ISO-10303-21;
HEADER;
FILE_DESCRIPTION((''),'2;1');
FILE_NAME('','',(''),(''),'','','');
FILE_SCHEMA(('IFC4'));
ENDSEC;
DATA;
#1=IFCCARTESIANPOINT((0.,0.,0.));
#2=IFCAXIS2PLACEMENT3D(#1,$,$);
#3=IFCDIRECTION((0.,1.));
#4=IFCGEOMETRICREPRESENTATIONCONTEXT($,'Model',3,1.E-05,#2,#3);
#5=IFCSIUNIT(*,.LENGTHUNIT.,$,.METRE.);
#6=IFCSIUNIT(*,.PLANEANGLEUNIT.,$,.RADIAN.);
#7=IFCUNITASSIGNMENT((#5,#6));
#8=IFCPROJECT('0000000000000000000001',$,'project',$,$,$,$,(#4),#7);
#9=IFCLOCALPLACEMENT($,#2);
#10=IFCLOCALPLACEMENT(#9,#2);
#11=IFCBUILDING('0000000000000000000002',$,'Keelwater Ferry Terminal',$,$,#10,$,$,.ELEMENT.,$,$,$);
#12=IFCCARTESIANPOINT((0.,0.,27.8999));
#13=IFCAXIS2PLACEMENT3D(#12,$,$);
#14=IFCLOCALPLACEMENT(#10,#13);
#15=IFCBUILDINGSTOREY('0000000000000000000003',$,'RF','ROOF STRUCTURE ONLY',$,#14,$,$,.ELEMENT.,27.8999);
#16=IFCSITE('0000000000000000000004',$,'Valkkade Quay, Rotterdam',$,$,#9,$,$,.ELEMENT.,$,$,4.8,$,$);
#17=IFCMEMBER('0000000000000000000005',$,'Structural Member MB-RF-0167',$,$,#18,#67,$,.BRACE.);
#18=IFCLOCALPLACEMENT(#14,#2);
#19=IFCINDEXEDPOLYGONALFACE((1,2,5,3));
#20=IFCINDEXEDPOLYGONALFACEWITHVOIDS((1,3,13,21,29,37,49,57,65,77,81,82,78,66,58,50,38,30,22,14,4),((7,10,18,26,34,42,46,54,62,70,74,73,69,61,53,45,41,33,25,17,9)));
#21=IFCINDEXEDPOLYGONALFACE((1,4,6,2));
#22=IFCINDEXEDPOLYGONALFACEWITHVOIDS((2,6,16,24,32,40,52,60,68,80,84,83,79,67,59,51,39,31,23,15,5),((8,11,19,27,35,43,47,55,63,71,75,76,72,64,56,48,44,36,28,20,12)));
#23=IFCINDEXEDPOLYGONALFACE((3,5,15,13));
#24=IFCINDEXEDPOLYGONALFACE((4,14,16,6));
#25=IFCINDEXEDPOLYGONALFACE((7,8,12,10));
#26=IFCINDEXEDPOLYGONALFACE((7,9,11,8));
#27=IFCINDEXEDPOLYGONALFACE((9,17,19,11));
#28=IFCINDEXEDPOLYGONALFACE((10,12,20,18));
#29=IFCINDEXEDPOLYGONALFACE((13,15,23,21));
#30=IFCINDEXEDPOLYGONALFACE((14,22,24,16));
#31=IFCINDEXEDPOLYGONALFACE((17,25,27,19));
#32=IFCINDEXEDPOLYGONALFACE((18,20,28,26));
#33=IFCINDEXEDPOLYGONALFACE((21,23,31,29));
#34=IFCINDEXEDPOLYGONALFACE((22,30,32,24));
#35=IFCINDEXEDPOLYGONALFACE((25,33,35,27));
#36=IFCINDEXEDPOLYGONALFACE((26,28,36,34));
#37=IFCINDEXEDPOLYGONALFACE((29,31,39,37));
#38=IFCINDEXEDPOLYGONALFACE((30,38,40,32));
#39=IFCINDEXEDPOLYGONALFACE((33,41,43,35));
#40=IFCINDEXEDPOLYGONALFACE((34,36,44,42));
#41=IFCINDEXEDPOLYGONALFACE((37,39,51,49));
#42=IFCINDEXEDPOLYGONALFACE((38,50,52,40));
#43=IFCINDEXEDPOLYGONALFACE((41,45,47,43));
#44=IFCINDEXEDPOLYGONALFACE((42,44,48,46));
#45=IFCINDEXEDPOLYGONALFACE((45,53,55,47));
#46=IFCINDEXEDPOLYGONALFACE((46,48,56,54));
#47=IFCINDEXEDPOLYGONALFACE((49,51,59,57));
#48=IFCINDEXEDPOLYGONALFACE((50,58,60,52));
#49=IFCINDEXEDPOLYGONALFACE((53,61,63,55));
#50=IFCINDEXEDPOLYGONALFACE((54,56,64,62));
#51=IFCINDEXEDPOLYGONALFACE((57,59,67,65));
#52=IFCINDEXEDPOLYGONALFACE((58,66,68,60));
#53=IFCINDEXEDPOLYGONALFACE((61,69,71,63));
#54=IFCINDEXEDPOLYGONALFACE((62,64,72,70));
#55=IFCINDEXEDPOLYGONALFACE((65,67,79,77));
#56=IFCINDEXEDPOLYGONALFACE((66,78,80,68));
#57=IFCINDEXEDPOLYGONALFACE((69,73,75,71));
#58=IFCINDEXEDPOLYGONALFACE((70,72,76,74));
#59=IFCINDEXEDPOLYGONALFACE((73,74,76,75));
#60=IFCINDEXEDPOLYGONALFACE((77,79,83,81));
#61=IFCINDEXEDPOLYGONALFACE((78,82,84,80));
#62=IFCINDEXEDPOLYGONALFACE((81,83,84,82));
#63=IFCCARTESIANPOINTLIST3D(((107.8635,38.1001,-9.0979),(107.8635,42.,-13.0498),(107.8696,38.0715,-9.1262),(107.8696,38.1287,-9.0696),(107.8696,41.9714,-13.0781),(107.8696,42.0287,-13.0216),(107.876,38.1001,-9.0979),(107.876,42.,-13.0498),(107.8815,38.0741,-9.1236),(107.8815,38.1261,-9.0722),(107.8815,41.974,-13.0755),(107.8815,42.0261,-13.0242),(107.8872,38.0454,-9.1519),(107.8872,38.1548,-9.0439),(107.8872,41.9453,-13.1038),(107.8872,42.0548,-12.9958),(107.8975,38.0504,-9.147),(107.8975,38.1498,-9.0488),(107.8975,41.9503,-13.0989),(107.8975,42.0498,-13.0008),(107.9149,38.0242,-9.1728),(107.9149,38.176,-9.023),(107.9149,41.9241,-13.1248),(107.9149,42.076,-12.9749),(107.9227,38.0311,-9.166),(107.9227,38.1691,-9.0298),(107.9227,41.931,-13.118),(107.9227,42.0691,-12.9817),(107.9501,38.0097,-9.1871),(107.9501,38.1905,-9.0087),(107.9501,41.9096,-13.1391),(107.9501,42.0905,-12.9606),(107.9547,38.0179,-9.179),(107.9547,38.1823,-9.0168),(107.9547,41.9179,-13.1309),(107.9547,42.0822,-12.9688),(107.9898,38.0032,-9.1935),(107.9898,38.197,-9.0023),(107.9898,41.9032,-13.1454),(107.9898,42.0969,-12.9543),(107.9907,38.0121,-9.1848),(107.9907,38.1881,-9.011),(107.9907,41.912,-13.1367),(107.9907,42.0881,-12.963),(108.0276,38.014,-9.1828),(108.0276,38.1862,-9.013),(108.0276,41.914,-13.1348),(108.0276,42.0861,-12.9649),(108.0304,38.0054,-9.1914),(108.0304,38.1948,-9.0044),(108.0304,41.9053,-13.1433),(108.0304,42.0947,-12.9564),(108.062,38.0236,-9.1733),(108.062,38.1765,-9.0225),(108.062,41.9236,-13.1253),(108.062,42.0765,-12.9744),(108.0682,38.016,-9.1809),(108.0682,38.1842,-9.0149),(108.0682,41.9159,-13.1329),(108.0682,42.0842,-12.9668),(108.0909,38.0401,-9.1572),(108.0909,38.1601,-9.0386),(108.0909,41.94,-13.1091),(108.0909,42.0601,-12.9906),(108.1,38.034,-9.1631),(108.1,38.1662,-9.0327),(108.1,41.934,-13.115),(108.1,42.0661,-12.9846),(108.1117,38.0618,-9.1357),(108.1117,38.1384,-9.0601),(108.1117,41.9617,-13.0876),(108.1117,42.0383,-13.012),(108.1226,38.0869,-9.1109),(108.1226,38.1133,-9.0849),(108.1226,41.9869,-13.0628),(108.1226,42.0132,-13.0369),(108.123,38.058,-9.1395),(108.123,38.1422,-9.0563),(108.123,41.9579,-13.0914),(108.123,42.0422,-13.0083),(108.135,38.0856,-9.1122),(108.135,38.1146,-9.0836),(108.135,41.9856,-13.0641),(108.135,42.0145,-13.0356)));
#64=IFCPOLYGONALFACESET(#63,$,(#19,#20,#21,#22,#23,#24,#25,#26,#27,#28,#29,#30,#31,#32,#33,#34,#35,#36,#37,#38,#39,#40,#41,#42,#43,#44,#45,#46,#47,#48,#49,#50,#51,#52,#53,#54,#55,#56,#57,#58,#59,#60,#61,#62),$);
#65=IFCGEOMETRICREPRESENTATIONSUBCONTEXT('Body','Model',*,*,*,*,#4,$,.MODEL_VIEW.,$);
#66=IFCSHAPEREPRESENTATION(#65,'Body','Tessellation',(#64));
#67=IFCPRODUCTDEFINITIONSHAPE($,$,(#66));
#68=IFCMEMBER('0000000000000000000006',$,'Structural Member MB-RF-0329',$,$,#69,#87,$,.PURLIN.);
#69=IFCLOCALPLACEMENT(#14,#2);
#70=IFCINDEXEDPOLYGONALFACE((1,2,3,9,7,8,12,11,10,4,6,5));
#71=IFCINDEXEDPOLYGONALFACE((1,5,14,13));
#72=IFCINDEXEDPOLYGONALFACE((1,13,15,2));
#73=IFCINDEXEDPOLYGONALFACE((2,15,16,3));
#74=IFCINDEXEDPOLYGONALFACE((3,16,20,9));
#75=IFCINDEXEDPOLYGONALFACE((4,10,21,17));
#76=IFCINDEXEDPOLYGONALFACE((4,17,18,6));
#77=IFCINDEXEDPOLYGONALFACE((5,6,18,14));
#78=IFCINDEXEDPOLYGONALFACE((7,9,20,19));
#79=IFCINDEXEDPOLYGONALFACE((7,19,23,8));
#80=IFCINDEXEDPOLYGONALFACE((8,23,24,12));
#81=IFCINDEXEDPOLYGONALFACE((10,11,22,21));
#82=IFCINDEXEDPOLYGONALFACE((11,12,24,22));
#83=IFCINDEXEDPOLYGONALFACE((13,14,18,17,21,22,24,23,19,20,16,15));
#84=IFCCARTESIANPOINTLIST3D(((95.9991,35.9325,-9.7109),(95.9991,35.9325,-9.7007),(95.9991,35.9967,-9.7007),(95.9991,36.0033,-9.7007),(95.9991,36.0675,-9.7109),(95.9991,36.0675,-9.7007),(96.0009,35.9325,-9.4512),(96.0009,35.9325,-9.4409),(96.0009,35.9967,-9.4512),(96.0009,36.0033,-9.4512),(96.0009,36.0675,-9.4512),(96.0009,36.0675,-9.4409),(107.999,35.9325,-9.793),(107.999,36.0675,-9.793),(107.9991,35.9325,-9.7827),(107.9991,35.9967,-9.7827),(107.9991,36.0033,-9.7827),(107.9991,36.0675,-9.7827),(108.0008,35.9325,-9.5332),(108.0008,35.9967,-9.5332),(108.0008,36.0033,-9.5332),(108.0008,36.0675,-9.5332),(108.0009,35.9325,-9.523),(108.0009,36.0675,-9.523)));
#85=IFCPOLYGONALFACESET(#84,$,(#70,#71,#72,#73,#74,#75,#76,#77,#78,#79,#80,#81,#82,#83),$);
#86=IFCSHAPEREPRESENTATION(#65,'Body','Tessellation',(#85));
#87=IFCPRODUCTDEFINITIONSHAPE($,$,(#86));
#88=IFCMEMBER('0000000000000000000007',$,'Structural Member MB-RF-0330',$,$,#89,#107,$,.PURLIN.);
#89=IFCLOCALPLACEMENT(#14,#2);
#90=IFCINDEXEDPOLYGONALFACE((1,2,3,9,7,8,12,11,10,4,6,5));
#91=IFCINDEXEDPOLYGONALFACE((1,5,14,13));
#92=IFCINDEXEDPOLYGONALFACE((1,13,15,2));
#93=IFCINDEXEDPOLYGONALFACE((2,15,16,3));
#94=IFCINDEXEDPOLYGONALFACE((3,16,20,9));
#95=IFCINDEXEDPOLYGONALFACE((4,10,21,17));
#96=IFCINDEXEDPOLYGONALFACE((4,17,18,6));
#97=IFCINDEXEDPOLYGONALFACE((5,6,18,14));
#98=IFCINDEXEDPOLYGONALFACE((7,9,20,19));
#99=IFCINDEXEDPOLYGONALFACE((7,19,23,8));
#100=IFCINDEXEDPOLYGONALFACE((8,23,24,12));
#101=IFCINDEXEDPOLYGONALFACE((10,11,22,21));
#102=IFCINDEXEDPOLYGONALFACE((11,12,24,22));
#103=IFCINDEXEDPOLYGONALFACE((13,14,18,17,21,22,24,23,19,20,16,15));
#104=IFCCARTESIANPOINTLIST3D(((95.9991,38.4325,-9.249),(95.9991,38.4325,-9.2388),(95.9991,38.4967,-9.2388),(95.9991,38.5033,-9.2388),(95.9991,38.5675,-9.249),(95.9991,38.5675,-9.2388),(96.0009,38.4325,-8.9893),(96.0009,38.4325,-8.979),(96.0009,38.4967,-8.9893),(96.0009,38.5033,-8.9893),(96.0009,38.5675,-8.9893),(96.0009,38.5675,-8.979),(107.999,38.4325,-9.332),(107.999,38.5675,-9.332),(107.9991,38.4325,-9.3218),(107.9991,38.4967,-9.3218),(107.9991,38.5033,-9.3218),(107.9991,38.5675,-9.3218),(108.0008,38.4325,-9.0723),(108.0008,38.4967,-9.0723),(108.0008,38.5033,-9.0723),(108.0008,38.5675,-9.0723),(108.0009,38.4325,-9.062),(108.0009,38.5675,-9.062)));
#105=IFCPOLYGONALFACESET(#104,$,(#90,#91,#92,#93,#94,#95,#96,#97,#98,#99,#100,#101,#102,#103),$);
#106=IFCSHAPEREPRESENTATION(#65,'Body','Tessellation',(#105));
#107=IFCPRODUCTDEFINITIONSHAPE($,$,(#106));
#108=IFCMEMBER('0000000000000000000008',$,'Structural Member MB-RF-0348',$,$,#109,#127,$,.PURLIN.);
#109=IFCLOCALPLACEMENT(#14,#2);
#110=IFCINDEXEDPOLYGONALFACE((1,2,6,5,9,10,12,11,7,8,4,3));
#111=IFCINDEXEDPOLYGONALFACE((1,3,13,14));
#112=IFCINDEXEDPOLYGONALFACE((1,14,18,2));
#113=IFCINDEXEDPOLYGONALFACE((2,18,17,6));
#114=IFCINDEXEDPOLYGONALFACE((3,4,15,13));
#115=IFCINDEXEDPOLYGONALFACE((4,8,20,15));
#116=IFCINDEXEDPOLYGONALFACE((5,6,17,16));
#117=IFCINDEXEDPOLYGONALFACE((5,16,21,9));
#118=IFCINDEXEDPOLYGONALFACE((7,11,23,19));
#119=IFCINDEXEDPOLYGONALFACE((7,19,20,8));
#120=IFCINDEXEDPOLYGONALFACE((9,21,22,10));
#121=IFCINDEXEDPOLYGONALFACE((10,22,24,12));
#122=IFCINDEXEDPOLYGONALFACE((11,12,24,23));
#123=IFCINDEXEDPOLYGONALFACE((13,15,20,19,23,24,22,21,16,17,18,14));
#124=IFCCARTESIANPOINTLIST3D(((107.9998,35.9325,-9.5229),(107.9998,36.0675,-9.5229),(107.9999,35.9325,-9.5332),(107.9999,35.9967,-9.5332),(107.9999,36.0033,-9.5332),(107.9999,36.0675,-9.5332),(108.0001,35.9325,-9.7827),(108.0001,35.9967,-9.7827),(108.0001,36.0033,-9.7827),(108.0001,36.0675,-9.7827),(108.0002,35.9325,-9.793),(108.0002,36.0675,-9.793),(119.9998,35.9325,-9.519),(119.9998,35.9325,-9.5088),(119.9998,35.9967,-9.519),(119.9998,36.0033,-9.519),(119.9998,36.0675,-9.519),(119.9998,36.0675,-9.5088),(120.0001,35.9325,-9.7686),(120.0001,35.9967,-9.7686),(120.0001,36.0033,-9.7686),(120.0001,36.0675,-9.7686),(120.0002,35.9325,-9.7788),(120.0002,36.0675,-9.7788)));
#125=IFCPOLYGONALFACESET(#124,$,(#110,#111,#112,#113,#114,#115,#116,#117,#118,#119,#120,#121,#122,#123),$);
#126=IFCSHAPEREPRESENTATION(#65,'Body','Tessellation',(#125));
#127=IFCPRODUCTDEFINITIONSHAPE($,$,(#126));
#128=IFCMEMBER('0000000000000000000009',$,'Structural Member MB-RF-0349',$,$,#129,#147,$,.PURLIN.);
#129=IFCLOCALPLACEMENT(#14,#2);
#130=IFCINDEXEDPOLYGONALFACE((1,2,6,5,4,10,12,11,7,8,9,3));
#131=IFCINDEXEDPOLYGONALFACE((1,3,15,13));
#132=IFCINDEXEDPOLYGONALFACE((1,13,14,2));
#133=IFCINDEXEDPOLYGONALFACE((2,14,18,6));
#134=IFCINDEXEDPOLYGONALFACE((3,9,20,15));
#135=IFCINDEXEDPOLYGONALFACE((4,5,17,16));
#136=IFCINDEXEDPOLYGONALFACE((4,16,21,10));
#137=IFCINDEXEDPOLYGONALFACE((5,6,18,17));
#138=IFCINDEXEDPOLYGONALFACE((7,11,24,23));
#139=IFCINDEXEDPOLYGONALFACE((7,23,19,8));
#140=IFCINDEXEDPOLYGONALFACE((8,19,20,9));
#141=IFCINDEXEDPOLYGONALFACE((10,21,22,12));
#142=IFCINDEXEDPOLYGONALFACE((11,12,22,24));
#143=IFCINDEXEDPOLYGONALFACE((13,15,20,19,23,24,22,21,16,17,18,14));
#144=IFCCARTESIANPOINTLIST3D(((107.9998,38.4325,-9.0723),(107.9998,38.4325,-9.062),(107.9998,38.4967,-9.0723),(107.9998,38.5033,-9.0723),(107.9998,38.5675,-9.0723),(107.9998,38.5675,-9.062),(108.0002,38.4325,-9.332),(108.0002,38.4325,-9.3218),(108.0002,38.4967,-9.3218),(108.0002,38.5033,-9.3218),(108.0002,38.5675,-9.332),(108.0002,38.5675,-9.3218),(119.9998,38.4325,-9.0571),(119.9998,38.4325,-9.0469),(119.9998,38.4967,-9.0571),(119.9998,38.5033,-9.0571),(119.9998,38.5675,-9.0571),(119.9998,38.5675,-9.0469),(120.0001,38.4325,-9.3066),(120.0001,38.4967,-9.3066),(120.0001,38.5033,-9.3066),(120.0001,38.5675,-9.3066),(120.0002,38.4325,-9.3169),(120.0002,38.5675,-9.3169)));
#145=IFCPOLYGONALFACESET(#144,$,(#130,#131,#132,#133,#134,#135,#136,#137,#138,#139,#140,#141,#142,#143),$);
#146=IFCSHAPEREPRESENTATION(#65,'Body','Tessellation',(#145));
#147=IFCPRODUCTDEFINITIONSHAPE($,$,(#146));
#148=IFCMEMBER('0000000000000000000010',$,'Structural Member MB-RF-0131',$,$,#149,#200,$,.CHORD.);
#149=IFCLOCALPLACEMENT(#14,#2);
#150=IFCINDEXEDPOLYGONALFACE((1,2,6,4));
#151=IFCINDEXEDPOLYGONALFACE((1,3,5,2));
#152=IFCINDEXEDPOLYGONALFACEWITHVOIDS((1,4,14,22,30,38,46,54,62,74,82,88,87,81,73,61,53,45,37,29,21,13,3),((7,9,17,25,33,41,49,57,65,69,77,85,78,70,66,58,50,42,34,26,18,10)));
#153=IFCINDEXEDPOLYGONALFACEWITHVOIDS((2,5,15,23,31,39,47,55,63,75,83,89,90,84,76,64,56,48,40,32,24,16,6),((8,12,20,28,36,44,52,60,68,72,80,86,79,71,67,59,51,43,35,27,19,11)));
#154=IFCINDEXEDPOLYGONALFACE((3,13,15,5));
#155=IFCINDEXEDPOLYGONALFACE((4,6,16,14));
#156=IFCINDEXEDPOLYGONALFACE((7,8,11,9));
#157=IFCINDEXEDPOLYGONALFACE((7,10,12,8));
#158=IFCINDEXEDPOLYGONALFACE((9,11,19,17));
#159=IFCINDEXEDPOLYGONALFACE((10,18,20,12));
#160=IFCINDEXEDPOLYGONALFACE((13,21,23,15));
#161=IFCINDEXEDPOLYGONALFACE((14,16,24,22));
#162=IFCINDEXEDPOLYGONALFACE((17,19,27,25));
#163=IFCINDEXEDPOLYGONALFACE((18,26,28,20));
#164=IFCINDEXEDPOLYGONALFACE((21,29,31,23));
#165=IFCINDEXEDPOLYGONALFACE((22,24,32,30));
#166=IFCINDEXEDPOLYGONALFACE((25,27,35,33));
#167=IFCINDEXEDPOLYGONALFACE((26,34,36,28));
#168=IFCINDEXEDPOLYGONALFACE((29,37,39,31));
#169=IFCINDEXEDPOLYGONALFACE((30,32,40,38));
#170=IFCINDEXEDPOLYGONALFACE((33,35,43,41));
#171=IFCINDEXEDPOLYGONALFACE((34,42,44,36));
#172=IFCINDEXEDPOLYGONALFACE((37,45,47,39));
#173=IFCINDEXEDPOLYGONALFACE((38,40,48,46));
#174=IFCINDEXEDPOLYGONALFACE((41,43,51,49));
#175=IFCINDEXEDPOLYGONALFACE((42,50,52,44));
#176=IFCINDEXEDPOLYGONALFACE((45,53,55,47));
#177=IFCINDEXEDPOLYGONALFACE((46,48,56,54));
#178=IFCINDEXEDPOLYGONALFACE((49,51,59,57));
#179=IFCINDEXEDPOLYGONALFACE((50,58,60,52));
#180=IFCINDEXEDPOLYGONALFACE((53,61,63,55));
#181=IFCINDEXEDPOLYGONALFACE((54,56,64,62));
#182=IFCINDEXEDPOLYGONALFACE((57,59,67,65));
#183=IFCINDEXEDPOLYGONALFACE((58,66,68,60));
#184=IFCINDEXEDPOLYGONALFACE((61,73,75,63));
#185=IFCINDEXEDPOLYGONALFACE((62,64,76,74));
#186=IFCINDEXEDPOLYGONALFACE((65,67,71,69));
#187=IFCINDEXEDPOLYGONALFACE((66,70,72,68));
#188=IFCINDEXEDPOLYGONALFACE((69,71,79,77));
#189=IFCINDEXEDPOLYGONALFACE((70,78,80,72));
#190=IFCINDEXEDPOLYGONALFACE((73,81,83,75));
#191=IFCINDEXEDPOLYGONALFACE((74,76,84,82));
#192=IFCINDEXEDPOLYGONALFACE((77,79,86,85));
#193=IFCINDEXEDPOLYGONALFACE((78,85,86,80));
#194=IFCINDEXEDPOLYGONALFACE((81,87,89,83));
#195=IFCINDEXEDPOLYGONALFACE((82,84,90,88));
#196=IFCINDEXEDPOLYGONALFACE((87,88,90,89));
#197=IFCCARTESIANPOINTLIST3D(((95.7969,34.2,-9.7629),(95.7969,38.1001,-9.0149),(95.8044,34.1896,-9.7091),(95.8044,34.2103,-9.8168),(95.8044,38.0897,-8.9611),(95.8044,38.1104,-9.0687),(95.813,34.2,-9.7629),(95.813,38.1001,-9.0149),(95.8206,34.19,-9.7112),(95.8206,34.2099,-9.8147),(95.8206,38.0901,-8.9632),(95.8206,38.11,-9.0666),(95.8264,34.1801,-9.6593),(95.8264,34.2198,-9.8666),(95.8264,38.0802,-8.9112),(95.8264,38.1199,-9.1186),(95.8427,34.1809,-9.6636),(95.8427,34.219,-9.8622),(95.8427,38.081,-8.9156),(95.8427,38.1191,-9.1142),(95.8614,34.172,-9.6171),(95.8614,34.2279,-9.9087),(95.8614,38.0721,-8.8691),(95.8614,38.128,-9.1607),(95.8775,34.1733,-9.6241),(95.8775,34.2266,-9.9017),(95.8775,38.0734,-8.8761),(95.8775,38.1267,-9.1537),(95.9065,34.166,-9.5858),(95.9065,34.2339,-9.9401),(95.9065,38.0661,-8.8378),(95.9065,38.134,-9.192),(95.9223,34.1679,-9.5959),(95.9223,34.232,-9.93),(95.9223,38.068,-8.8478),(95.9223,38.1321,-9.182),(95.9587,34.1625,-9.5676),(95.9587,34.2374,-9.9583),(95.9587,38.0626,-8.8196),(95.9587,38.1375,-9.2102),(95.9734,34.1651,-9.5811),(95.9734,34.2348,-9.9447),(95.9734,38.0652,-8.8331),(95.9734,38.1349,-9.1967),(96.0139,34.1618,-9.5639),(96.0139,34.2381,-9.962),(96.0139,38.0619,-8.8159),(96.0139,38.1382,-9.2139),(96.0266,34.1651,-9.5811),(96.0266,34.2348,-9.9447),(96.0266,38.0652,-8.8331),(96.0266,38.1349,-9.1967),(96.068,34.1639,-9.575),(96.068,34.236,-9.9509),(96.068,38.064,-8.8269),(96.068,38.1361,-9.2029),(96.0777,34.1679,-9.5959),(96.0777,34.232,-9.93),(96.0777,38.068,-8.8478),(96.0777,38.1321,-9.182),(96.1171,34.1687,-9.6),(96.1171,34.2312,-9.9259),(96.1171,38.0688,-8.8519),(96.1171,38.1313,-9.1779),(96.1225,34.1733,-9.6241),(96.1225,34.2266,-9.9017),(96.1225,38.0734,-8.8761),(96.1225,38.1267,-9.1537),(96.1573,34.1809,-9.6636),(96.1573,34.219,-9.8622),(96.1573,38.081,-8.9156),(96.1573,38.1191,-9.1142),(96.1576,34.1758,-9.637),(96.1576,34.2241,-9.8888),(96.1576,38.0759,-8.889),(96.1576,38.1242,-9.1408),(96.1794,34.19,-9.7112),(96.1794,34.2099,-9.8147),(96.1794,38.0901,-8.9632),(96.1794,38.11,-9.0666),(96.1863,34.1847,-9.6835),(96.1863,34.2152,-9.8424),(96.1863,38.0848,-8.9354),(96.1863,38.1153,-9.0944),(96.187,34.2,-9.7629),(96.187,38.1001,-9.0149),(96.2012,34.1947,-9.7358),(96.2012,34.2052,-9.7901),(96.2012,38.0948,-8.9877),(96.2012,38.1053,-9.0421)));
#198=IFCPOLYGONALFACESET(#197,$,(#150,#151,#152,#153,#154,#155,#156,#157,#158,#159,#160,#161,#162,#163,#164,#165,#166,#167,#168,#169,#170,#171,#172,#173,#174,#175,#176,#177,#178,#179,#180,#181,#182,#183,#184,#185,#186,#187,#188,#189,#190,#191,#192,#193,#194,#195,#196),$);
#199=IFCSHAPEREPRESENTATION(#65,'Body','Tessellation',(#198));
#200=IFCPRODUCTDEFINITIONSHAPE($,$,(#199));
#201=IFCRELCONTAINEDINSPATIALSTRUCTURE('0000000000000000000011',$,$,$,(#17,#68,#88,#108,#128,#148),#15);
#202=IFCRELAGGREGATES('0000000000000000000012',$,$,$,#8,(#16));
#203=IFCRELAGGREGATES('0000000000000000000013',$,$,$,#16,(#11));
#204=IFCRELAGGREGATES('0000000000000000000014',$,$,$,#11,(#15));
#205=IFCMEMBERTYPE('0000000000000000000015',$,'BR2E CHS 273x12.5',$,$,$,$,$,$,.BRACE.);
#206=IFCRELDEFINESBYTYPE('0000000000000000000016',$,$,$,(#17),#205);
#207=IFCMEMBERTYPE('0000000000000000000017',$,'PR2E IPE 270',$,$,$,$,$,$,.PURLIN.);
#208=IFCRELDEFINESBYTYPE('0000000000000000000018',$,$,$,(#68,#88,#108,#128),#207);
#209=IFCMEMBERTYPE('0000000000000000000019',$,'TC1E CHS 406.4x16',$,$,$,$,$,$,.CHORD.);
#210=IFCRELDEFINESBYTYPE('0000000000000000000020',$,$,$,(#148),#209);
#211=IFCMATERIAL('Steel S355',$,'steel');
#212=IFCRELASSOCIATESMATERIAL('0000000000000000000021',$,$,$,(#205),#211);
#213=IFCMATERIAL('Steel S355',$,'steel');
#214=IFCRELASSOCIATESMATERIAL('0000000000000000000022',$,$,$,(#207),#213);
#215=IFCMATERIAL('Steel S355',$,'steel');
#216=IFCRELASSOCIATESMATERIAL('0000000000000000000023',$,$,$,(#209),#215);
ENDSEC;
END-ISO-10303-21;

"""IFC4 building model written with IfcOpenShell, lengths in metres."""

from ifc_helpers import new_model, si_unit, direction, frame, origin, origin_2d, place, context, subcontext, project, spatial, hollow_circle, i_section, extrude, material, material_profile, profile_set, type_object, element, save


model = new_model("IFC4")

# Units and contexts
model_context = context("Model", 3, precision=1e-05, world=origin(), true_north=direction((0.0, 1.0)))
body_context = subcontext(model_context, "Body", "Model", "MODEL_VIEW")
ifc_project = project(units=[si_unit("LENGTHUNIT", "METRE"), si_unit("PLANEANGLEUNIT", "RADIAN")], contexts=[model_context])

# Site, building, storey
site_placement = place(None, origin())
site = spatial("IfcSite", under=ifc_project, at=site_placement, Name="Valkkade Quay, Rotterdam", CompositionType="ELEMENT", RefElevation=4.8)
building_placement = place(site_placement, origin())
building = spatial("IfcBuilding", under=site, at=building_placement, Name="Keelwater Ferry Terminal", CompositionType="ELEMENT")
storey_placement = place(building_placement, frame((0.0, 0.0, 27.8999)))
storey = spatial("IfcBuildingStorey", under=building, at=storey_placement, Name="RF", Description="ROOF STRUCTURE ONLY", CompositionType="ELEMENT", Elevation=27.8999)

# Members
ifc_material_1 = material(Name="Steel S355", Category="steel")
ifc_material_profile_1 = material_profile(ifc_material_1, hollow_circle(Radius=0.1365, WallThickness=0.0125, at=origin_2d()), Name="CHS 273x12.5")
ifc_profile_set_1 = profile_set([ifc_material_profile_1], Name="Steel S355")
member_type_1 = type_object("IfcMemberType", Name="BR2E CHS 273x12.5", PredefinedType="BRACE", material=ifc_profile_set_1)
member_1_placement = place(storey_placement, frame((108.0, 38.1001, -9.0979), z_axis=(0.0, 0.702408, -0.711774), x_axis=(-1.0, 0.0, 0.0)))
element("IfcMember", 1, at=member_1_placement, inside=storey, type_object=member_type_1, Name="Structural Member MB-RF-0167", PredefinedType="BRACE", context=body_context, shape_type="SweptSolid", body=[
    extrude(hollow_circle(Radius=0.1365, WallThickness=0.0125, at=origin_2d()), origin(), (0.0, 0.0, 1.0), 5.5522),
])
ifc_material_2 = material(Name="Steel S355", Category="steel")
ifc_material_profile_2 = material_profile(ifc_material_2, i_section(OverallWidth=0.135, OverallDepth=0.27, WebThickness=0.0066, FlangeThickness=0.0103, at=origin_2d()), Name="IPE 270")
ifc_profile_set_2 = profile_set([ifc_material_profile_2], Name="Steel S355")
member_type_2 = type_object("IfcMemberType", Name="PR2E IPE 270", PredefinedType="PURLIN", material=ifc_profile_set_2)
for number, where, z_axis, x_axis, name in (
    (2, (96.0, 36.0, -9.5759), (0.999977, 0.0, -0.006836), (0.0, 1.0, 0.0), "Structural Member MB-RF-0329"),
    (3, (96.0, 38.5, -9.114), (0.999976, 0.0, -0.006917), (0.0, 1.0, 0.0), "Structural Member MB-RF-0330"),
):
    element("IfcMember", number, at=place(storey_placement, frame(where, z_axis=z_axis, x_axis=x_axis)), inside=storey, type_object=member_type_2, Name=name, PredefinedType="PURLIN", context=body_context, shape_type="SweptSolid", body=[
        extrude(i_section(OverallWidth=0.135, OverallDepth=0.27, WebThickness=0.0066, FlangeThickness=0.0103, at=origin_2d()), origin(), (0.0, 0.0, 1.0), 12.0002),
    ])
for number, where, z_axis, x_axis, name in (
    (4, (108.0, 36.0, -9.658), (0.999999, 0.0, 0.00118), (0.0, 1.0, 0.0), "Structural Member MB-RF-0348"),
    (5, (108.0, 38.5, -9.197), (0.999999, 0.0, 0.001261), (0.0, 1.0, 0.0), "Structural Member MB-RF-0349"),
):
    element("IfcMember", number, at=place(storey_placement, frame(where, z_axis=z_axis, x_axis=x_axis)), inside=storey, type_object=member_type_2, Name=name, PredefinedType="PURLIN", context=body_context, shape_type="SweptSolid", body=[
        extrude(i_section(OverallWidth=0.135, OverallDepth=0.27, WebThickness=0.0066, FlangeThickness=0.0103, at=origin_2d()), origin(), (0.0, 0.0, 1.0), 12.0),
    ])
ifc_material_3 = material(Name="Steel S355", Category="steel")
ifc_material_profile_3 = material_profile(ifc_material_3, hollow_circle(Radius=0.2031, WallThickness=0.0161, at=origin_2d()), Name="CHS 406.4x16")
ifc_profile_set_3 = profile_set([ifc_material_profile_3], Name="Steel S355")
member_type_3 = type_object("IfcMemberType", Name="TC1E CHS 406.4x16", PredefinedType="CHORD", material=ifc_profile_set_3)
member_2_placement = place(storey_placement, frame((96.0, 34.2, -9.7629), z_axis=(0.0, 0.982099, 0.188366), x_axis=(-1.0, 0.0, 0.0)))
element("IfcMember", 6, at=member_2_placement, inside=storey, type_object=member_type_3, Name="Structural Member MB-RF-0131", PredefinedType="CHORD", context=body_context, shape_type="SweptSolid", body=[
    extrude(hollow_circle(Radius=0.2031, WallThickness=0.0161, at=origin_2d()), origin(), (0.0, 0.0, 1.0), 3.9712),
])

save(model, "model.ifc")
